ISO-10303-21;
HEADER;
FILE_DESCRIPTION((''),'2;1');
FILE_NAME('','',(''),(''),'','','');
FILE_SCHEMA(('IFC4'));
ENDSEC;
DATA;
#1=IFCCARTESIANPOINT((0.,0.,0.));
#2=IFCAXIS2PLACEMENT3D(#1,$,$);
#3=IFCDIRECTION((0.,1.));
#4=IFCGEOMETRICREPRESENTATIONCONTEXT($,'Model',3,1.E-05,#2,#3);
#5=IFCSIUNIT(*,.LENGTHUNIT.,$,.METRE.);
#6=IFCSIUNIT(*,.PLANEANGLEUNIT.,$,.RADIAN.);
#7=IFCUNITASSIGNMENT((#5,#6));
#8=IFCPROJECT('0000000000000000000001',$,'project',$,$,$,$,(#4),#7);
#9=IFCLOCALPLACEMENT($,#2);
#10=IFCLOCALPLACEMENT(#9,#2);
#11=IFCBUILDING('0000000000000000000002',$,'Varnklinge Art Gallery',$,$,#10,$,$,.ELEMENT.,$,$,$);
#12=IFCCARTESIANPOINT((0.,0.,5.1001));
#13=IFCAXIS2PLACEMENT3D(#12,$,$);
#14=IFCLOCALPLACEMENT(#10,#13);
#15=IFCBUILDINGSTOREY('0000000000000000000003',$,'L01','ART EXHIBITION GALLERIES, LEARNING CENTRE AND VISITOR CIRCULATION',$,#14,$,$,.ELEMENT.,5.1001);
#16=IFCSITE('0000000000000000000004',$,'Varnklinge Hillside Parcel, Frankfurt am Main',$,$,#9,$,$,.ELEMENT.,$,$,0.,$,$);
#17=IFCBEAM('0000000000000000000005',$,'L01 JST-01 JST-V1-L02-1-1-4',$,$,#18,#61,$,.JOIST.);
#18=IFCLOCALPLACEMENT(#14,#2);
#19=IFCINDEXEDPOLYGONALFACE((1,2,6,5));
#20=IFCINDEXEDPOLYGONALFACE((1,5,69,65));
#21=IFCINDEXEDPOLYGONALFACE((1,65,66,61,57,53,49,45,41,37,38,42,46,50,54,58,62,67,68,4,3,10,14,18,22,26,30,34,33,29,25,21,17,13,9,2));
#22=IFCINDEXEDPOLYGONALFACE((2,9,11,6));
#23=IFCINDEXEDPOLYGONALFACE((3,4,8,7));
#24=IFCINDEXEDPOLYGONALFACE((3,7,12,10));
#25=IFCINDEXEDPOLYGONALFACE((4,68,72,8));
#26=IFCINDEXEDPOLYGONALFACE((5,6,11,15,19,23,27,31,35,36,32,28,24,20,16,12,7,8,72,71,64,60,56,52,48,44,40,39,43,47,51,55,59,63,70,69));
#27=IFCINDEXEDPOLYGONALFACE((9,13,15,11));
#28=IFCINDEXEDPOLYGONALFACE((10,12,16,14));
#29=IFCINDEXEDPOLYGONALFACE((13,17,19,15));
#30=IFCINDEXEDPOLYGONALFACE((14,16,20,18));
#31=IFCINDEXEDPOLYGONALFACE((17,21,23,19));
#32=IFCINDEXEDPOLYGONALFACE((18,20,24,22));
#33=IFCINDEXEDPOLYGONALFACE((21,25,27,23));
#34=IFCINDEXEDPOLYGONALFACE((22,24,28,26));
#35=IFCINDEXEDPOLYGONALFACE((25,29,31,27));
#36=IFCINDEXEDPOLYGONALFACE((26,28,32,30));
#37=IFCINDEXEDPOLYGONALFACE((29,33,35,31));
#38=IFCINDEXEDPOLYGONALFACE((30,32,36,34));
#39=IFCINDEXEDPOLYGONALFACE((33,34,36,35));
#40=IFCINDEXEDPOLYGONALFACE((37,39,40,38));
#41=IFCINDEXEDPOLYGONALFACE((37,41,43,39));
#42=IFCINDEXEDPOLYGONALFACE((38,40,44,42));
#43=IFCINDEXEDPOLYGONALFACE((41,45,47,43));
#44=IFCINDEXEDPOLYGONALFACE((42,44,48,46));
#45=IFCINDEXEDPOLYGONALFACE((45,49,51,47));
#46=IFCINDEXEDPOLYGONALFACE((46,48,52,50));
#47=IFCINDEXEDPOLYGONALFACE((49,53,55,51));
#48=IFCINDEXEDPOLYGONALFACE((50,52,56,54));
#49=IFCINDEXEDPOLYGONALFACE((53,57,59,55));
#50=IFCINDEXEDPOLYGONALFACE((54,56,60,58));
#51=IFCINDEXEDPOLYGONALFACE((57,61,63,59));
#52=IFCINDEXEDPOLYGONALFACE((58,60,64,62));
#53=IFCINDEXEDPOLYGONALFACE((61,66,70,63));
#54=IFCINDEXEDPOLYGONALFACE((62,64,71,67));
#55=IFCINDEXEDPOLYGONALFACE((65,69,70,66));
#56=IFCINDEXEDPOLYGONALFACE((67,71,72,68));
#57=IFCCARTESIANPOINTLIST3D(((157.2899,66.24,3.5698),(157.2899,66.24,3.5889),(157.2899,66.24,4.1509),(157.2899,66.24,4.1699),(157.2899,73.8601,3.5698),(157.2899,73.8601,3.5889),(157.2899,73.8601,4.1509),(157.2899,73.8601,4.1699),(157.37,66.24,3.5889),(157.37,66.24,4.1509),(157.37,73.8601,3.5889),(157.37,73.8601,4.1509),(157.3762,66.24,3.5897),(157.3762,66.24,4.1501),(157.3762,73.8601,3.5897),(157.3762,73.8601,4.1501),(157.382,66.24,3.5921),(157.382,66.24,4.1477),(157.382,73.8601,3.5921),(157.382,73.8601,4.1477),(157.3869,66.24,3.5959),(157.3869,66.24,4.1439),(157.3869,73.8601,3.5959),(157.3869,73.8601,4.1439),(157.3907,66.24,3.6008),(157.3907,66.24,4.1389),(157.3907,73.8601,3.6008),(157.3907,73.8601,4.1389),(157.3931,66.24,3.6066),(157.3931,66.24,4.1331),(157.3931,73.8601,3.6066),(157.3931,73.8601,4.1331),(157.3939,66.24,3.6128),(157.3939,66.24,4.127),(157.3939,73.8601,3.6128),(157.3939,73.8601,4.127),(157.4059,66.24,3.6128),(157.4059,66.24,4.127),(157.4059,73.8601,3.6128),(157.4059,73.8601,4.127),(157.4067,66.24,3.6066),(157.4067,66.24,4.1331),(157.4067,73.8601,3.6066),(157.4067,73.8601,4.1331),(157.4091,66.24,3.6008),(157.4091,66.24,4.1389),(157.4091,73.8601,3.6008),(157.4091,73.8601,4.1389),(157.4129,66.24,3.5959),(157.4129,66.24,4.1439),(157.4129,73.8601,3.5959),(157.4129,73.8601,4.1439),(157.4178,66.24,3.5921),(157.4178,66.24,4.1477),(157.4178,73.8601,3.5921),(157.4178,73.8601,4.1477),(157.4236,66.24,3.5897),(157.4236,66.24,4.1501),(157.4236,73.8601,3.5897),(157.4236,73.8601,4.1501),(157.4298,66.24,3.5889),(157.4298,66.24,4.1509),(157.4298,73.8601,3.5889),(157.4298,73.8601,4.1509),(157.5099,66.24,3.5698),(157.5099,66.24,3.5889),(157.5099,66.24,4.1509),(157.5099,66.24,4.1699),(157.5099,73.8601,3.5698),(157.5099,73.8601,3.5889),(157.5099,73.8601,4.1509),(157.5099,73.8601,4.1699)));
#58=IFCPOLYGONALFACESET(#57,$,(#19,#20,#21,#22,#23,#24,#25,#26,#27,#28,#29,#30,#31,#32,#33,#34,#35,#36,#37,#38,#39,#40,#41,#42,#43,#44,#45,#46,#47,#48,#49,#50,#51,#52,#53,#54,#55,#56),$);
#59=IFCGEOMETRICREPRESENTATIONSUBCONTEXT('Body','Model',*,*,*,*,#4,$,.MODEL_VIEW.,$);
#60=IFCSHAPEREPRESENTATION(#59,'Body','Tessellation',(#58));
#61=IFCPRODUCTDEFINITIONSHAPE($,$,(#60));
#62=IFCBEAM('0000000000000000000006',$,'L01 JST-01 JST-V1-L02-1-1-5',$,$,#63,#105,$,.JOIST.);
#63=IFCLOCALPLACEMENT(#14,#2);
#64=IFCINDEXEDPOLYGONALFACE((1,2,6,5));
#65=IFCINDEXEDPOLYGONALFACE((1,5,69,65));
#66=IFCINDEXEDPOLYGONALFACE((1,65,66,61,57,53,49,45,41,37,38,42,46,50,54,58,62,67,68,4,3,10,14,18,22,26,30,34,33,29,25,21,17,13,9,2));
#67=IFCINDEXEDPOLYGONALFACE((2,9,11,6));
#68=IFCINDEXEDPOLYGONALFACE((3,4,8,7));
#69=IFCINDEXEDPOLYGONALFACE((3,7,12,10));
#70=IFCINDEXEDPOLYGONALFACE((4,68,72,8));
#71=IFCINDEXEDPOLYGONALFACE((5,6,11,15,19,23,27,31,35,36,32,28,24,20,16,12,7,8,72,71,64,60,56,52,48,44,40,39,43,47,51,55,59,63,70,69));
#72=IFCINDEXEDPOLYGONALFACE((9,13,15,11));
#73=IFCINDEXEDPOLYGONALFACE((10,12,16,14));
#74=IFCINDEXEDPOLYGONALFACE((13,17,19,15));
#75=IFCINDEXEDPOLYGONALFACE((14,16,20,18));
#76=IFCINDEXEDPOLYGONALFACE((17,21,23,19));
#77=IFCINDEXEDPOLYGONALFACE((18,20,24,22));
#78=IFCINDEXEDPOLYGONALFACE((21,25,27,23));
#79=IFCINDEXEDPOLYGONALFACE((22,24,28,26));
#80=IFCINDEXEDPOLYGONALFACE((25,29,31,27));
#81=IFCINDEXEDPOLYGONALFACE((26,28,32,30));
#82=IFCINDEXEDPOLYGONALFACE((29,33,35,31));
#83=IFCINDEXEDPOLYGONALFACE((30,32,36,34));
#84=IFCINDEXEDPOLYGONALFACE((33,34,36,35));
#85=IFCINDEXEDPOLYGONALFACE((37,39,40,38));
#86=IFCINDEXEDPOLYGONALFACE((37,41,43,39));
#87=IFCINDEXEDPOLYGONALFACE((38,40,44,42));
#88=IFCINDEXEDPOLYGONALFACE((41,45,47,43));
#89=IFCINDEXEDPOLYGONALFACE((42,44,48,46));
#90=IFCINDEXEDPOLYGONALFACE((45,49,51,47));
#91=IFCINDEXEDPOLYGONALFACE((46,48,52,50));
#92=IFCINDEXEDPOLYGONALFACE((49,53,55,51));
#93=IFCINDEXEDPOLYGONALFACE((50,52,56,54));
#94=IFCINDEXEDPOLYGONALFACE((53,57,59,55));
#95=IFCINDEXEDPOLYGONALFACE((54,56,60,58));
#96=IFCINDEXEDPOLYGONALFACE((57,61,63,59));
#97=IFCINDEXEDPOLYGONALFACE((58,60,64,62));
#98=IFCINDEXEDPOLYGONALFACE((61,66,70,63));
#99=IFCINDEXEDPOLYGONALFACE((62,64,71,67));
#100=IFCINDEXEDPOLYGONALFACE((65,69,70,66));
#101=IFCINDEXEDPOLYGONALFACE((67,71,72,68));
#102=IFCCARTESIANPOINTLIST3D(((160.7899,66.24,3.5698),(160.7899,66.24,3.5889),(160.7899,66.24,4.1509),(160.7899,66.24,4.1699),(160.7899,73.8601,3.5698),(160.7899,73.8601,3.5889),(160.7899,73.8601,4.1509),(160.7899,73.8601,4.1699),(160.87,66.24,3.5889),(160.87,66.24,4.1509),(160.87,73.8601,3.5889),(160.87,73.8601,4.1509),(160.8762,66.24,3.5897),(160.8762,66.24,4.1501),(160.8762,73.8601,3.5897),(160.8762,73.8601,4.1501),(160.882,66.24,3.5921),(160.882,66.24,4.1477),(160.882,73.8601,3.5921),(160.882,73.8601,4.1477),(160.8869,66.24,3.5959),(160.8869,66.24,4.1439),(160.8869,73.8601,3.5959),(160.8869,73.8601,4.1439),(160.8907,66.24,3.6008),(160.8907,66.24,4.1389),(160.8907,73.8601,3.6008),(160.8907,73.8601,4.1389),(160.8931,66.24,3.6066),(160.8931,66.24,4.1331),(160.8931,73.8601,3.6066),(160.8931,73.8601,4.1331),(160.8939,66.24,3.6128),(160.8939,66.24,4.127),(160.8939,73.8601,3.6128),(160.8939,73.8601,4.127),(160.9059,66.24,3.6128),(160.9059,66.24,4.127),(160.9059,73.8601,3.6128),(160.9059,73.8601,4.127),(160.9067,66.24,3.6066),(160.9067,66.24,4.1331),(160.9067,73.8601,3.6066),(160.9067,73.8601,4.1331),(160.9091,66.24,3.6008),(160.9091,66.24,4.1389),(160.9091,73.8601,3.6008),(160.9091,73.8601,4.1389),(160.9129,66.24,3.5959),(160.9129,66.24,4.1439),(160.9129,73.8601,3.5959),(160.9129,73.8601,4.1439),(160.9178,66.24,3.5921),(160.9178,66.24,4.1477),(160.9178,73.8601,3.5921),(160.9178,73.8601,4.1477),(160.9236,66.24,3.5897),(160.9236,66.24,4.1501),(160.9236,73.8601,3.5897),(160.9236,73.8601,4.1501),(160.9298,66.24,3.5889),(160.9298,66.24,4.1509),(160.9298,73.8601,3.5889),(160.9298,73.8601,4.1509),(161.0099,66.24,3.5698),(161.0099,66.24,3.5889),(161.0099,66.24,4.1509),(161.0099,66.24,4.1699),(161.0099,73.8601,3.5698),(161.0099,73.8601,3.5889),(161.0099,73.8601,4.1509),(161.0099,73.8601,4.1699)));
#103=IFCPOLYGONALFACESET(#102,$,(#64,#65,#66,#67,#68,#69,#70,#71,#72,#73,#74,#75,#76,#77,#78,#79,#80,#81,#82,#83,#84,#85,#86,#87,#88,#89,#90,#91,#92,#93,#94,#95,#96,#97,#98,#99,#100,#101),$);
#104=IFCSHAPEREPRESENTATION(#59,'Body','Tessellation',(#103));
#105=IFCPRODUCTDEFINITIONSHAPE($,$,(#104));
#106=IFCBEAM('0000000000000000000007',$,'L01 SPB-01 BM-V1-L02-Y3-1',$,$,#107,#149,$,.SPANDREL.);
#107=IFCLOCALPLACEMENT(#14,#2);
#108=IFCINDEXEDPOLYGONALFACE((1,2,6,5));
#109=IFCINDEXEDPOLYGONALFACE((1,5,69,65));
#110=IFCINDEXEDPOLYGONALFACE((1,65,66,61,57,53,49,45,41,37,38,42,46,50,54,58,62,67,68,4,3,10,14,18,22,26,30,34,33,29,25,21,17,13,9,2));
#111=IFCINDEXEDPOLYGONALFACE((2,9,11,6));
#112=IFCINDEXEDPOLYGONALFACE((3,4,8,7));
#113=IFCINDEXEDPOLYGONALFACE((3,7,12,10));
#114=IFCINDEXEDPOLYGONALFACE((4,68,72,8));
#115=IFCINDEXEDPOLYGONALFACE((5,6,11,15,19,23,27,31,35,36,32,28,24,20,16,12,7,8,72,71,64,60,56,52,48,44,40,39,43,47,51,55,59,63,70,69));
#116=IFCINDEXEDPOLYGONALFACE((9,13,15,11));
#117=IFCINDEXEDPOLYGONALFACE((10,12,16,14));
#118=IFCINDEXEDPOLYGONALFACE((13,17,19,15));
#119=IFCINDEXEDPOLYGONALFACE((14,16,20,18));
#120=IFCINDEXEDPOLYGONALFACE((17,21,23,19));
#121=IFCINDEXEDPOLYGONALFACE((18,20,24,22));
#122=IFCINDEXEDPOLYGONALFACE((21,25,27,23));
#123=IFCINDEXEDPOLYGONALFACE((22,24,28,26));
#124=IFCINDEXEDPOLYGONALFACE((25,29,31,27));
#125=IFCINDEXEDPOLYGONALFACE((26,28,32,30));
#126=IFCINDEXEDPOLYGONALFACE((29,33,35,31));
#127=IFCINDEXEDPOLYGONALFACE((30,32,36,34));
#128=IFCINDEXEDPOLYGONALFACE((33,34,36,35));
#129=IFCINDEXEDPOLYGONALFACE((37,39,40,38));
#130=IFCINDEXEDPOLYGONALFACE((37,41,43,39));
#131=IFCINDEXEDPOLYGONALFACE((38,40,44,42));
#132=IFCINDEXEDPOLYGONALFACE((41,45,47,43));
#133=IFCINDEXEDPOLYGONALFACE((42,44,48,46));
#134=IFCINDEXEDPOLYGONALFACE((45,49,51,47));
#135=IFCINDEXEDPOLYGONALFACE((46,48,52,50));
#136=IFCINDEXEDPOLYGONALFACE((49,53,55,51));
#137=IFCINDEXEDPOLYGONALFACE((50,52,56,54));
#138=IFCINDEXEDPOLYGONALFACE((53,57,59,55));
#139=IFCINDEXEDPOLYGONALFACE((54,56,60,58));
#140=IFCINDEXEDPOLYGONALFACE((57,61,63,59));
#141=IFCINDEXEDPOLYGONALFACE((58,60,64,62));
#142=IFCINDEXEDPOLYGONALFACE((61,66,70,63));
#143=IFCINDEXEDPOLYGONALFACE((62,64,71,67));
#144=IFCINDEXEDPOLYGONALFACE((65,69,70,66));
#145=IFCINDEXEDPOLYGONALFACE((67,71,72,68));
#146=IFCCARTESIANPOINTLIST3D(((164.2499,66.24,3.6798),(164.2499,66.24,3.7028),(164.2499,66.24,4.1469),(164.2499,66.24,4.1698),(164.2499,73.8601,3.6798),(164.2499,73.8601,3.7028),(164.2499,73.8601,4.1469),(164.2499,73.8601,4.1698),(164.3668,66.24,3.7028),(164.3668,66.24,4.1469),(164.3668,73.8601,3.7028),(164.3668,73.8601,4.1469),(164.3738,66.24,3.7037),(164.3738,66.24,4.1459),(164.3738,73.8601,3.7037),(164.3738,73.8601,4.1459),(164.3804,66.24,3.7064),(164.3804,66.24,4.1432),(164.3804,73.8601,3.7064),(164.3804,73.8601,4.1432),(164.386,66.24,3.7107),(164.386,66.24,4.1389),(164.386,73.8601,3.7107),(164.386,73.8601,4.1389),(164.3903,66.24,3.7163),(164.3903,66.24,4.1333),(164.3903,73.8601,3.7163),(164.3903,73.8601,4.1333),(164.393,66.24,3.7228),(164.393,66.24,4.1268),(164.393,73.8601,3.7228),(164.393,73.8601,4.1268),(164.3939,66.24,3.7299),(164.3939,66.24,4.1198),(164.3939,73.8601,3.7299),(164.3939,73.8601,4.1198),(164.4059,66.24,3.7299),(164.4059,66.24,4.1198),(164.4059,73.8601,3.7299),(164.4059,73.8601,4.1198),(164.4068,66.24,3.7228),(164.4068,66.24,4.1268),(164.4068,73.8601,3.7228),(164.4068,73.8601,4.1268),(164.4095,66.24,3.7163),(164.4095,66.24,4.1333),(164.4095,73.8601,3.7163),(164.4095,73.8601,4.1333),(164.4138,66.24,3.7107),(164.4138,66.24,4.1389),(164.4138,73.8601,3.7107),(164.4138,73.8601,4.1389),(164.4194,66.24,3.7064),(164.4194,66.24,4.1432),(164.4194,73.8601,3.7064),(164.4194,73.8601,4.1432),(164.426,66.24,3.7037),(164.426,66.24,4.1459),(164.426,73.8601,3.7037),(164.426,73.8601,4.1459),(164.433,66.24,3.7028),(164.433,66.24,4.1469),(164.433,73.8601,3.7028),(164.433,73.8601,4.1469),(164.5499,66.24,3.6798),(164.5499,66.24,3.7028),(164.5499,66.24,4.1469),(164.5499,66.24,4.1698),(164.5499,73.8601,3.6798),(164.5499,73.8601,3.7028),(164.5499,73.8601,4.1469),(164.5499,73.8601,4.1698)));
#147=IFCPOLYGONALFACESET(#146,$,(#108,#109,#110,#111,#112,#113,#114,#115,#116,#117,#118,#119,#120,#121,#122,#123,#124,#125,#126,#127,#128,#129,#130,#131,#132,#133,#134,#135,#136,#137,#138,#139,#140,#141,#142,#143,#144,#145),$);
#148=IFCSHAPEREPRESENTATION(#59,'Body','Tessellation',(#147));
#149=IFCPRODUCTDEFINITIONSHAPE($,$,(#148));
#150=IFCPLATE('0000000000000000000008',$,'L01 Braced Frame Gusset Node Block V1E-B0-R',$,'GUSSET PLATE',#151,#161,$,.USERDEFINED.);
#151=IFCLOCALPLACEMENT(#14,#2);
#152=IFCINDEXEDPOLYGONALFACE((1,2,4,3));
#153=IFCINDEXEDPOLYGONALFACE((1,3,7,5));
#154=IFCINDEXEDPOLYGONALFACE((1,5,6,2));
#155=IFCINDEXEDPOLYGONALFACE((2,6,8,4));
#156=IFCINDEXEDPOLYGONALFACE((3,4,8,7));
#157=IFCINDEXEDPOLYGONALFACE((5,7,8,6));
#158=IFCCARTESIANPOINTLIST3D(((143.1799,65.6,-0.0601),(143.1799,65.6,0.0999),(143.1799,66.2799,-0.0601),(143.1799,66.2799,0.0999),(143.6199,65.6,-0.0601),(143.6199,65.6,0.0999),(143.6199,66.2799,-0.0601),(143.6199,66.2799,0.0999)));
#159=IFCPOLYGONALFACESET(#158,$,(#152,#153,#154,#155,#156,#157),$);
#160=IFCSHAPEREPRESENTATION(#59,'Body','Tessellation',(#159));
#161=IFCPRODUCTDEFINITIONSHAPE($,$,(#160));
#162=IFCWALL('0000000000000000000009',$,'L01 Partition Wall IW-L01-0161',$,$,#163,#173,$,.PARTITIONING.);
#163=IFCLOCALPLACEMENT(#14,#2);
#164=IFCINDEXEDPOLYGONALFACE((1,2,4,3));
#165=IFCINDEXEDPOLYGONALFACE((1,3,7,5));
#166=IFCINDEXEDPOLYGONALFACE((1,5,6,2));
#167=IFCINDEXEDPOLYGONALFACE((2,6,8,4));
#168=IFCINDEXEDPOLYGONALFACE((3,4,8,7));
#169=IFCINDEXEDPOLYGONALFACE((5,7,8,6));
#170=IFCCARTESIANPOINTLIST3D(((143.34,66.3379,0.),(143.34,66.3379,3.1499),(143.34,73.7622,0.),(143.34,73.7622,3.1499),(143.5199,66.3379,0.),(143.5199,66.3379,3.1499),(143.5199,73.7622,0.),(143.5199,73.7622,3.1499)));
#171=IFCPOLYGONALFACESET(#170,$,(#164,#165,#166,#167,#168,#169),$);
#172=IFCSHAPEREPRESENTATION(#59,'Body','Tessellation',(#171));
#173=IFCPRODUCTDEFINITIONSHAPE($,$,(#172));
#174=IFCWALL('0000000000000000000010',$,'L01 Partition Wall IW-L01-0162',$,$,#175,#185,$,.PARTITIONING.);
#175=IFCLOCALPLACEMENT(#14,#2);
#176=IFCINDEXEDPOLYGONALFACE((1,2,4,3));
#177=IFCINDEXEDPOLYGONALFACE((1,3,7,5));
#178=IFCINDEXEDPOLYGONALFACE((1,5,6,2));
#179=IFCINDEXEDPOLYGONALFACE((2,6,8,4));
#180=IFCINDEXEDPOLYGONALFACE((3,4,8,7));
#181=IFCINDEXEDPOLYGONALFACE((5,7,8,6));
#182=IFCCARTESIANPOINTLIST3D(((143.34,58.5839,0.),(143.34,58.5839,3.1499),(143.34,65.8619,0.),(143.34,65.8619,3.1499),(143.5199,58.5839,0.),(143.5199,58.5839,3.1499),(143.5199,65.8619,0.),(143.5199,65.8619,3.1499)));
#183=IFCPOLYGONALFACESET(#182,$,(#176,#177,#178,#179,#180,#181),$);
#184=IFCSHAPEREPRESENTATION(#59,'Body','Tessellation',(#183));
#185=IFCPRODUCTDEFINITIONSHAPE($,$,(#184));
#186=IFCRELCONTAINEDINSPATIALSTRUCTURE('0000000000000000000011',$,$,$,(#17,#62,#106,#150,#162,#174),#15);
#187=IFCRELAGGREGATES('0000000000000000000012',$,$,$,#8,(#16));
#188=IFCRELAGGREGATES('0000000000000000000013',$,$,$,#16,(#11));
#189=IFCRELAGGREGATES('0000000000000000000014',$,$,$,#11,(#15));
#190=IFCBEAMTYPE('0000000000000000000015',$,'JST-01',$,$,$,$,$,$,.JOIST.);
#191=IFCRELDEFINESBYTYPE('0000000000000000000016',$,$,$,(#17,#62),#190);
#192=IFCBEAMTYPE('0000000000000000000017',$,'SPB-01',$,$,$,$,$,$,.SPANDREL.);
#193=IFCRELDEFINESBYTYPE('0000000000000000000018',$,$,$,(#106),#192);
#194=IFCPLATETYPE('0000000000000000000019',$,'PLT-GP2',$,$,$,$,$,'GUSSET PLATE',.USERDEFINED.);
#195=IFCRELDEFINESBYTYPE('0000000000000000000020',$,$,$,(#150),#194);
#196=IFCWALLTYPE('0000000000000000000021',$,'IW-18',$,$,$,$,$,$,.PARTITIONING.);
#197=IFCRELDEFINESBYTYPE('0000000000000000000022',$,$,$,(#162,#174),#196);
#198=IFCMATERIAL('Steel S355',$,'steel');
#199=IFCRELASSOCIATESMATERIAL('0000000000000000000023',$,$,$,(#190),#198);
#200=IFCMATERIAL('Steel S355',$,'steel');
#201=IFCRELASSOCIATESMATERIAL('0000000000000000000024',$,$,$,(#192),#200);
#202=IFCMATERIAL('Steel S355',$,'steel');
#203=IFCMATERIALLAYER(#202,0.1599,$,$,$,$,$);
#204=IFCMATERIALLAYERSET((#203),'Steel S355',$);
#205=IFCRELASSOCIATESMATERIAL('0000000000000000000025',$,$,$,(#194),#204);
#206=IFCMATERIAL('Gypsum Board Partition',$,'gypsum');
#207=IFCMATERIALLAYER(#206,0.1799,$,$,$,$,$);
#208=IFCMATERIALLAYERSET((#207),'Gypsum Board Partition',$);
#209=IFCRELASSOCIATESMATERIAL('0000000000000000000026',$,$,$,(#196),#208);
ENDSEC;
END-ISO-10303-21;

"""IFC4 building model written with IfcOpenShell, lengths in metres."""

from ifc_helpers import new_model, si_unit, direction, frame, frame_2d, origin, origin_2d, place, context, subcontext, project, spatial, rectangle, i_section, extrude, material, layer, layer_set, material_profile, profile_set, type_object, element, save


model = new_model("IFC4")

# Units and contexts
model_context = context("Model", 3, precision=1e-05, world=origin(), true_north=direction((0.0, 1.0)))
body_context = subcontext(model_context, "Body", "Model", "MODEL_VIEW")
ifc_project = project(units=[si_unit("LENGTHUNIT", "METRE"), si_unit("PLANEANGLEUNIT", "RADIAN")], contexts=[model_context])

# Site, building, storey
site_placement = place(None, origin())
site = spatial("IfcSite", under=ifc_project, at=site_placement, Name="Varnklinge Hillside Parcel, Frankfurt am Main", CompositionType="ELEMENT", RefElevation=0.0)
building_placement = place(site_placement, origin())
building = spatial("IfcBuilding", under=site, at=building_placement, Name="Varnklinge Art Gallery", CompositionType="ELEMENT")
storey_placement = place(building_placement, frame((0.0, 0.0, 5.1001)))
storey = spatial("IfcBuildingStorey", under=building, at=storey_placement, Name="L01", Description="ART EXHIBITION GALLERIES, LEARNING CENTRE AND VISITOR CIRCULATION", CompositionType="ELEMENT", Elevation=5.1001)

# Beams
ifc_material_1 = material(Name="Steel S355", Category="steel")
ifc_material_profile_1 = material_profile(ifc_material_1, i_section(OverallWidth=0.22, OverallDepth=0.6001, WebThickness=0.012, FlangeThickness=0.019, FilletRadius=0.0239, at=origin_2d()), Name="IPE 600")
ifc_profile_set_1 = profile_set([ifc_material_profile_1], Name="Steel S355")
beam_type_1 = type_object("IfcBeamType", Name="JST-01", PredefinedType="JOIST", material=ifc_profile_set_1)
for number, where, z_axis, x_axis, name in (
    (1, (157.3999, 66.24, 3.8699), (0.0, 1.0, 0.0), (-1.0, 0.0, 0.0), "L01 JST-01 JST-V1-L02-1-1-4"),
    (2, (160.8999, 66.24, 3.8699), (0.0, 1.0, 0.0), (-1.0, 0.0, 0.0), "L01 JST-01 JST-V1-L02-1-1-5"),
):
    element("IfcBeam", number, at=place(storey_placement, frame(where, z_axis=z_axis, x_axis=x_axis)), inside=storey, type_object=beam_type_1, Name=name, PredefinedType="JOIST", context=body_context, shape_type="SweptSolid", body=[
        extrude(i_section(OverallWidth=0.22, OverallDepth=0.6001, WebThickness=0.012, FlangeThickness=0.019, FilletRadius=0.0239, at=origin_2d()), origin(), (0.0, 0.0, 1.0), 7.6201),
    ])
ifc_material_2 = material(Name="Steel S355", Category="steel")
ifc_material_profile_2 = material_profile(ifc_material_2, i_section(OverallWidth=0.3, OverallDepth=0.49, WebThickness=0.012, FlangeThickness=0.0229, FilletRadius=0.0271, at=origin_2d()), Name="HEA 500")
ifc_profile_set_2 = profile_set([ifc_material_profile_2], Name="Steel S355")
beam_type_2 = type_object("IfcBeamType", Name="SPB-01", PredefinedType="SPANDREL", material=ifc_profile_set_2)
beam_placement = place(storey_placement, frame((164.3999, 66.24, 3.9248), z_axis=(0.0, 1.0, 0.0), x_axis=(-1.0, 0.0, 0.0)))
element("IfcBeam", 3, at=beam_placement, inside=storey, type_object=beam_type_2, Name="L01 SPB-01 BM-V1-L02-Y3-1", PredefinedType="SPANDREL", context=body_context, shape_type="SweptSolid", body=[
    extrude(i_section(OverallWidth=0.3, OverallDepth=0.49, WebThickness=0.012, FlangeThickness=0.0229, FilletRadius=0.0271, at=origin_2d()), origin(), (0.0, 0.0, 1.0), 7.6201),
])

# Plate
ifc_material_3 = material(Name="Steel S355", Category="steel")
ifc_layer_1 = layer(ifc_material_3, 0.1599)
ifc_layer_set_1 = layer_set([ifc_layer_1], Name="Steel S355")
plate_type = type_object("IfcPlateType", Name="PLT-GP2", ElementType="GUSSET PLATE", PredefinedType="USERDEFINED", material=ifc_layer_set_1)
plate_placement = place(storey_placement, frame((143.3999, 65.9399, -0.0601), z_axis=(0.0, 0.0, 1.0), x_axis=(0.0, 1.0, 0.0)))
element("IfcPlate", 4, at=plate_placement, inside=storey, type_object=plate_type, Name="L01 Braced Frame Gusset Node Block V1E-B0-R", ObjectType="GUSSET PLATE", PredefinedType="USERDEFINED", context=body_context, shape_type="SweptSolid", body=[
    extrude(rectangle(XDim=0.6799, YDim=0.4399, at=origin_2d()), origin(), (0.0, 0.0, 1.0), 0.1599),
])

# Walls
ifc_material_4 = material(Name="Gypsum Board Partition", Category="gypsum")
ifc_layer_2 = layer(ifc_material_4, 0.1799)
ifc_layer_set_2 = layer_set([ifc_layer_2], Name="Gypsum Board Partition")
wall_type_1 = type_object("IfcWallType", Name="IW-18", PredefinedType="PARTITIONING", material=ifc_layer_set_2)
wall_1_placement = place(storey_placement, frame((143.4299, 73.7622, 0.0), z_axis=(0.0, 0.0, 1.0), x_axis=(0.0, -1.0, 0.0)))
element("IfcWall", 5, at=wall_1_placement, inside=storey, type_object=wall_type_1, Name="L01 Partition Wall IW-L01-0161", PredefinedType="PARTITIONING", context=body_context, shape_type="SweptSolid", body=[
    extrude(rectangle(XDim=7.4243, YDim=0.1799, at=frame_2d((3.7122, 0.0))), origin(), (0.0, 0.0, 1.0), 3.1499),
])
wall_2_placement = place(storey_placement, frame((143.4299, 65.8621, 0.0), z_axis=(0.0, 0.0, 1.0), x_axis=(0.0, -1.0, 0.0)))
element("IfcWall", 6, at=wall_2_placement, inside=storey, type_object=wall_type_1, Name="L01 Partition Wall IW-L01-0162", PredefinedType="PARTITIONING", context=body_context, shape_type="SweptSolid", body=[
    extrude(rectangle(XDim=7.2781, YDim=0.1799, at=frame_2d((3.6392, 0.0))), origin(), (0.0, 0.0, 1.0), 3.1499),
])

save(model, "model.ifc")
